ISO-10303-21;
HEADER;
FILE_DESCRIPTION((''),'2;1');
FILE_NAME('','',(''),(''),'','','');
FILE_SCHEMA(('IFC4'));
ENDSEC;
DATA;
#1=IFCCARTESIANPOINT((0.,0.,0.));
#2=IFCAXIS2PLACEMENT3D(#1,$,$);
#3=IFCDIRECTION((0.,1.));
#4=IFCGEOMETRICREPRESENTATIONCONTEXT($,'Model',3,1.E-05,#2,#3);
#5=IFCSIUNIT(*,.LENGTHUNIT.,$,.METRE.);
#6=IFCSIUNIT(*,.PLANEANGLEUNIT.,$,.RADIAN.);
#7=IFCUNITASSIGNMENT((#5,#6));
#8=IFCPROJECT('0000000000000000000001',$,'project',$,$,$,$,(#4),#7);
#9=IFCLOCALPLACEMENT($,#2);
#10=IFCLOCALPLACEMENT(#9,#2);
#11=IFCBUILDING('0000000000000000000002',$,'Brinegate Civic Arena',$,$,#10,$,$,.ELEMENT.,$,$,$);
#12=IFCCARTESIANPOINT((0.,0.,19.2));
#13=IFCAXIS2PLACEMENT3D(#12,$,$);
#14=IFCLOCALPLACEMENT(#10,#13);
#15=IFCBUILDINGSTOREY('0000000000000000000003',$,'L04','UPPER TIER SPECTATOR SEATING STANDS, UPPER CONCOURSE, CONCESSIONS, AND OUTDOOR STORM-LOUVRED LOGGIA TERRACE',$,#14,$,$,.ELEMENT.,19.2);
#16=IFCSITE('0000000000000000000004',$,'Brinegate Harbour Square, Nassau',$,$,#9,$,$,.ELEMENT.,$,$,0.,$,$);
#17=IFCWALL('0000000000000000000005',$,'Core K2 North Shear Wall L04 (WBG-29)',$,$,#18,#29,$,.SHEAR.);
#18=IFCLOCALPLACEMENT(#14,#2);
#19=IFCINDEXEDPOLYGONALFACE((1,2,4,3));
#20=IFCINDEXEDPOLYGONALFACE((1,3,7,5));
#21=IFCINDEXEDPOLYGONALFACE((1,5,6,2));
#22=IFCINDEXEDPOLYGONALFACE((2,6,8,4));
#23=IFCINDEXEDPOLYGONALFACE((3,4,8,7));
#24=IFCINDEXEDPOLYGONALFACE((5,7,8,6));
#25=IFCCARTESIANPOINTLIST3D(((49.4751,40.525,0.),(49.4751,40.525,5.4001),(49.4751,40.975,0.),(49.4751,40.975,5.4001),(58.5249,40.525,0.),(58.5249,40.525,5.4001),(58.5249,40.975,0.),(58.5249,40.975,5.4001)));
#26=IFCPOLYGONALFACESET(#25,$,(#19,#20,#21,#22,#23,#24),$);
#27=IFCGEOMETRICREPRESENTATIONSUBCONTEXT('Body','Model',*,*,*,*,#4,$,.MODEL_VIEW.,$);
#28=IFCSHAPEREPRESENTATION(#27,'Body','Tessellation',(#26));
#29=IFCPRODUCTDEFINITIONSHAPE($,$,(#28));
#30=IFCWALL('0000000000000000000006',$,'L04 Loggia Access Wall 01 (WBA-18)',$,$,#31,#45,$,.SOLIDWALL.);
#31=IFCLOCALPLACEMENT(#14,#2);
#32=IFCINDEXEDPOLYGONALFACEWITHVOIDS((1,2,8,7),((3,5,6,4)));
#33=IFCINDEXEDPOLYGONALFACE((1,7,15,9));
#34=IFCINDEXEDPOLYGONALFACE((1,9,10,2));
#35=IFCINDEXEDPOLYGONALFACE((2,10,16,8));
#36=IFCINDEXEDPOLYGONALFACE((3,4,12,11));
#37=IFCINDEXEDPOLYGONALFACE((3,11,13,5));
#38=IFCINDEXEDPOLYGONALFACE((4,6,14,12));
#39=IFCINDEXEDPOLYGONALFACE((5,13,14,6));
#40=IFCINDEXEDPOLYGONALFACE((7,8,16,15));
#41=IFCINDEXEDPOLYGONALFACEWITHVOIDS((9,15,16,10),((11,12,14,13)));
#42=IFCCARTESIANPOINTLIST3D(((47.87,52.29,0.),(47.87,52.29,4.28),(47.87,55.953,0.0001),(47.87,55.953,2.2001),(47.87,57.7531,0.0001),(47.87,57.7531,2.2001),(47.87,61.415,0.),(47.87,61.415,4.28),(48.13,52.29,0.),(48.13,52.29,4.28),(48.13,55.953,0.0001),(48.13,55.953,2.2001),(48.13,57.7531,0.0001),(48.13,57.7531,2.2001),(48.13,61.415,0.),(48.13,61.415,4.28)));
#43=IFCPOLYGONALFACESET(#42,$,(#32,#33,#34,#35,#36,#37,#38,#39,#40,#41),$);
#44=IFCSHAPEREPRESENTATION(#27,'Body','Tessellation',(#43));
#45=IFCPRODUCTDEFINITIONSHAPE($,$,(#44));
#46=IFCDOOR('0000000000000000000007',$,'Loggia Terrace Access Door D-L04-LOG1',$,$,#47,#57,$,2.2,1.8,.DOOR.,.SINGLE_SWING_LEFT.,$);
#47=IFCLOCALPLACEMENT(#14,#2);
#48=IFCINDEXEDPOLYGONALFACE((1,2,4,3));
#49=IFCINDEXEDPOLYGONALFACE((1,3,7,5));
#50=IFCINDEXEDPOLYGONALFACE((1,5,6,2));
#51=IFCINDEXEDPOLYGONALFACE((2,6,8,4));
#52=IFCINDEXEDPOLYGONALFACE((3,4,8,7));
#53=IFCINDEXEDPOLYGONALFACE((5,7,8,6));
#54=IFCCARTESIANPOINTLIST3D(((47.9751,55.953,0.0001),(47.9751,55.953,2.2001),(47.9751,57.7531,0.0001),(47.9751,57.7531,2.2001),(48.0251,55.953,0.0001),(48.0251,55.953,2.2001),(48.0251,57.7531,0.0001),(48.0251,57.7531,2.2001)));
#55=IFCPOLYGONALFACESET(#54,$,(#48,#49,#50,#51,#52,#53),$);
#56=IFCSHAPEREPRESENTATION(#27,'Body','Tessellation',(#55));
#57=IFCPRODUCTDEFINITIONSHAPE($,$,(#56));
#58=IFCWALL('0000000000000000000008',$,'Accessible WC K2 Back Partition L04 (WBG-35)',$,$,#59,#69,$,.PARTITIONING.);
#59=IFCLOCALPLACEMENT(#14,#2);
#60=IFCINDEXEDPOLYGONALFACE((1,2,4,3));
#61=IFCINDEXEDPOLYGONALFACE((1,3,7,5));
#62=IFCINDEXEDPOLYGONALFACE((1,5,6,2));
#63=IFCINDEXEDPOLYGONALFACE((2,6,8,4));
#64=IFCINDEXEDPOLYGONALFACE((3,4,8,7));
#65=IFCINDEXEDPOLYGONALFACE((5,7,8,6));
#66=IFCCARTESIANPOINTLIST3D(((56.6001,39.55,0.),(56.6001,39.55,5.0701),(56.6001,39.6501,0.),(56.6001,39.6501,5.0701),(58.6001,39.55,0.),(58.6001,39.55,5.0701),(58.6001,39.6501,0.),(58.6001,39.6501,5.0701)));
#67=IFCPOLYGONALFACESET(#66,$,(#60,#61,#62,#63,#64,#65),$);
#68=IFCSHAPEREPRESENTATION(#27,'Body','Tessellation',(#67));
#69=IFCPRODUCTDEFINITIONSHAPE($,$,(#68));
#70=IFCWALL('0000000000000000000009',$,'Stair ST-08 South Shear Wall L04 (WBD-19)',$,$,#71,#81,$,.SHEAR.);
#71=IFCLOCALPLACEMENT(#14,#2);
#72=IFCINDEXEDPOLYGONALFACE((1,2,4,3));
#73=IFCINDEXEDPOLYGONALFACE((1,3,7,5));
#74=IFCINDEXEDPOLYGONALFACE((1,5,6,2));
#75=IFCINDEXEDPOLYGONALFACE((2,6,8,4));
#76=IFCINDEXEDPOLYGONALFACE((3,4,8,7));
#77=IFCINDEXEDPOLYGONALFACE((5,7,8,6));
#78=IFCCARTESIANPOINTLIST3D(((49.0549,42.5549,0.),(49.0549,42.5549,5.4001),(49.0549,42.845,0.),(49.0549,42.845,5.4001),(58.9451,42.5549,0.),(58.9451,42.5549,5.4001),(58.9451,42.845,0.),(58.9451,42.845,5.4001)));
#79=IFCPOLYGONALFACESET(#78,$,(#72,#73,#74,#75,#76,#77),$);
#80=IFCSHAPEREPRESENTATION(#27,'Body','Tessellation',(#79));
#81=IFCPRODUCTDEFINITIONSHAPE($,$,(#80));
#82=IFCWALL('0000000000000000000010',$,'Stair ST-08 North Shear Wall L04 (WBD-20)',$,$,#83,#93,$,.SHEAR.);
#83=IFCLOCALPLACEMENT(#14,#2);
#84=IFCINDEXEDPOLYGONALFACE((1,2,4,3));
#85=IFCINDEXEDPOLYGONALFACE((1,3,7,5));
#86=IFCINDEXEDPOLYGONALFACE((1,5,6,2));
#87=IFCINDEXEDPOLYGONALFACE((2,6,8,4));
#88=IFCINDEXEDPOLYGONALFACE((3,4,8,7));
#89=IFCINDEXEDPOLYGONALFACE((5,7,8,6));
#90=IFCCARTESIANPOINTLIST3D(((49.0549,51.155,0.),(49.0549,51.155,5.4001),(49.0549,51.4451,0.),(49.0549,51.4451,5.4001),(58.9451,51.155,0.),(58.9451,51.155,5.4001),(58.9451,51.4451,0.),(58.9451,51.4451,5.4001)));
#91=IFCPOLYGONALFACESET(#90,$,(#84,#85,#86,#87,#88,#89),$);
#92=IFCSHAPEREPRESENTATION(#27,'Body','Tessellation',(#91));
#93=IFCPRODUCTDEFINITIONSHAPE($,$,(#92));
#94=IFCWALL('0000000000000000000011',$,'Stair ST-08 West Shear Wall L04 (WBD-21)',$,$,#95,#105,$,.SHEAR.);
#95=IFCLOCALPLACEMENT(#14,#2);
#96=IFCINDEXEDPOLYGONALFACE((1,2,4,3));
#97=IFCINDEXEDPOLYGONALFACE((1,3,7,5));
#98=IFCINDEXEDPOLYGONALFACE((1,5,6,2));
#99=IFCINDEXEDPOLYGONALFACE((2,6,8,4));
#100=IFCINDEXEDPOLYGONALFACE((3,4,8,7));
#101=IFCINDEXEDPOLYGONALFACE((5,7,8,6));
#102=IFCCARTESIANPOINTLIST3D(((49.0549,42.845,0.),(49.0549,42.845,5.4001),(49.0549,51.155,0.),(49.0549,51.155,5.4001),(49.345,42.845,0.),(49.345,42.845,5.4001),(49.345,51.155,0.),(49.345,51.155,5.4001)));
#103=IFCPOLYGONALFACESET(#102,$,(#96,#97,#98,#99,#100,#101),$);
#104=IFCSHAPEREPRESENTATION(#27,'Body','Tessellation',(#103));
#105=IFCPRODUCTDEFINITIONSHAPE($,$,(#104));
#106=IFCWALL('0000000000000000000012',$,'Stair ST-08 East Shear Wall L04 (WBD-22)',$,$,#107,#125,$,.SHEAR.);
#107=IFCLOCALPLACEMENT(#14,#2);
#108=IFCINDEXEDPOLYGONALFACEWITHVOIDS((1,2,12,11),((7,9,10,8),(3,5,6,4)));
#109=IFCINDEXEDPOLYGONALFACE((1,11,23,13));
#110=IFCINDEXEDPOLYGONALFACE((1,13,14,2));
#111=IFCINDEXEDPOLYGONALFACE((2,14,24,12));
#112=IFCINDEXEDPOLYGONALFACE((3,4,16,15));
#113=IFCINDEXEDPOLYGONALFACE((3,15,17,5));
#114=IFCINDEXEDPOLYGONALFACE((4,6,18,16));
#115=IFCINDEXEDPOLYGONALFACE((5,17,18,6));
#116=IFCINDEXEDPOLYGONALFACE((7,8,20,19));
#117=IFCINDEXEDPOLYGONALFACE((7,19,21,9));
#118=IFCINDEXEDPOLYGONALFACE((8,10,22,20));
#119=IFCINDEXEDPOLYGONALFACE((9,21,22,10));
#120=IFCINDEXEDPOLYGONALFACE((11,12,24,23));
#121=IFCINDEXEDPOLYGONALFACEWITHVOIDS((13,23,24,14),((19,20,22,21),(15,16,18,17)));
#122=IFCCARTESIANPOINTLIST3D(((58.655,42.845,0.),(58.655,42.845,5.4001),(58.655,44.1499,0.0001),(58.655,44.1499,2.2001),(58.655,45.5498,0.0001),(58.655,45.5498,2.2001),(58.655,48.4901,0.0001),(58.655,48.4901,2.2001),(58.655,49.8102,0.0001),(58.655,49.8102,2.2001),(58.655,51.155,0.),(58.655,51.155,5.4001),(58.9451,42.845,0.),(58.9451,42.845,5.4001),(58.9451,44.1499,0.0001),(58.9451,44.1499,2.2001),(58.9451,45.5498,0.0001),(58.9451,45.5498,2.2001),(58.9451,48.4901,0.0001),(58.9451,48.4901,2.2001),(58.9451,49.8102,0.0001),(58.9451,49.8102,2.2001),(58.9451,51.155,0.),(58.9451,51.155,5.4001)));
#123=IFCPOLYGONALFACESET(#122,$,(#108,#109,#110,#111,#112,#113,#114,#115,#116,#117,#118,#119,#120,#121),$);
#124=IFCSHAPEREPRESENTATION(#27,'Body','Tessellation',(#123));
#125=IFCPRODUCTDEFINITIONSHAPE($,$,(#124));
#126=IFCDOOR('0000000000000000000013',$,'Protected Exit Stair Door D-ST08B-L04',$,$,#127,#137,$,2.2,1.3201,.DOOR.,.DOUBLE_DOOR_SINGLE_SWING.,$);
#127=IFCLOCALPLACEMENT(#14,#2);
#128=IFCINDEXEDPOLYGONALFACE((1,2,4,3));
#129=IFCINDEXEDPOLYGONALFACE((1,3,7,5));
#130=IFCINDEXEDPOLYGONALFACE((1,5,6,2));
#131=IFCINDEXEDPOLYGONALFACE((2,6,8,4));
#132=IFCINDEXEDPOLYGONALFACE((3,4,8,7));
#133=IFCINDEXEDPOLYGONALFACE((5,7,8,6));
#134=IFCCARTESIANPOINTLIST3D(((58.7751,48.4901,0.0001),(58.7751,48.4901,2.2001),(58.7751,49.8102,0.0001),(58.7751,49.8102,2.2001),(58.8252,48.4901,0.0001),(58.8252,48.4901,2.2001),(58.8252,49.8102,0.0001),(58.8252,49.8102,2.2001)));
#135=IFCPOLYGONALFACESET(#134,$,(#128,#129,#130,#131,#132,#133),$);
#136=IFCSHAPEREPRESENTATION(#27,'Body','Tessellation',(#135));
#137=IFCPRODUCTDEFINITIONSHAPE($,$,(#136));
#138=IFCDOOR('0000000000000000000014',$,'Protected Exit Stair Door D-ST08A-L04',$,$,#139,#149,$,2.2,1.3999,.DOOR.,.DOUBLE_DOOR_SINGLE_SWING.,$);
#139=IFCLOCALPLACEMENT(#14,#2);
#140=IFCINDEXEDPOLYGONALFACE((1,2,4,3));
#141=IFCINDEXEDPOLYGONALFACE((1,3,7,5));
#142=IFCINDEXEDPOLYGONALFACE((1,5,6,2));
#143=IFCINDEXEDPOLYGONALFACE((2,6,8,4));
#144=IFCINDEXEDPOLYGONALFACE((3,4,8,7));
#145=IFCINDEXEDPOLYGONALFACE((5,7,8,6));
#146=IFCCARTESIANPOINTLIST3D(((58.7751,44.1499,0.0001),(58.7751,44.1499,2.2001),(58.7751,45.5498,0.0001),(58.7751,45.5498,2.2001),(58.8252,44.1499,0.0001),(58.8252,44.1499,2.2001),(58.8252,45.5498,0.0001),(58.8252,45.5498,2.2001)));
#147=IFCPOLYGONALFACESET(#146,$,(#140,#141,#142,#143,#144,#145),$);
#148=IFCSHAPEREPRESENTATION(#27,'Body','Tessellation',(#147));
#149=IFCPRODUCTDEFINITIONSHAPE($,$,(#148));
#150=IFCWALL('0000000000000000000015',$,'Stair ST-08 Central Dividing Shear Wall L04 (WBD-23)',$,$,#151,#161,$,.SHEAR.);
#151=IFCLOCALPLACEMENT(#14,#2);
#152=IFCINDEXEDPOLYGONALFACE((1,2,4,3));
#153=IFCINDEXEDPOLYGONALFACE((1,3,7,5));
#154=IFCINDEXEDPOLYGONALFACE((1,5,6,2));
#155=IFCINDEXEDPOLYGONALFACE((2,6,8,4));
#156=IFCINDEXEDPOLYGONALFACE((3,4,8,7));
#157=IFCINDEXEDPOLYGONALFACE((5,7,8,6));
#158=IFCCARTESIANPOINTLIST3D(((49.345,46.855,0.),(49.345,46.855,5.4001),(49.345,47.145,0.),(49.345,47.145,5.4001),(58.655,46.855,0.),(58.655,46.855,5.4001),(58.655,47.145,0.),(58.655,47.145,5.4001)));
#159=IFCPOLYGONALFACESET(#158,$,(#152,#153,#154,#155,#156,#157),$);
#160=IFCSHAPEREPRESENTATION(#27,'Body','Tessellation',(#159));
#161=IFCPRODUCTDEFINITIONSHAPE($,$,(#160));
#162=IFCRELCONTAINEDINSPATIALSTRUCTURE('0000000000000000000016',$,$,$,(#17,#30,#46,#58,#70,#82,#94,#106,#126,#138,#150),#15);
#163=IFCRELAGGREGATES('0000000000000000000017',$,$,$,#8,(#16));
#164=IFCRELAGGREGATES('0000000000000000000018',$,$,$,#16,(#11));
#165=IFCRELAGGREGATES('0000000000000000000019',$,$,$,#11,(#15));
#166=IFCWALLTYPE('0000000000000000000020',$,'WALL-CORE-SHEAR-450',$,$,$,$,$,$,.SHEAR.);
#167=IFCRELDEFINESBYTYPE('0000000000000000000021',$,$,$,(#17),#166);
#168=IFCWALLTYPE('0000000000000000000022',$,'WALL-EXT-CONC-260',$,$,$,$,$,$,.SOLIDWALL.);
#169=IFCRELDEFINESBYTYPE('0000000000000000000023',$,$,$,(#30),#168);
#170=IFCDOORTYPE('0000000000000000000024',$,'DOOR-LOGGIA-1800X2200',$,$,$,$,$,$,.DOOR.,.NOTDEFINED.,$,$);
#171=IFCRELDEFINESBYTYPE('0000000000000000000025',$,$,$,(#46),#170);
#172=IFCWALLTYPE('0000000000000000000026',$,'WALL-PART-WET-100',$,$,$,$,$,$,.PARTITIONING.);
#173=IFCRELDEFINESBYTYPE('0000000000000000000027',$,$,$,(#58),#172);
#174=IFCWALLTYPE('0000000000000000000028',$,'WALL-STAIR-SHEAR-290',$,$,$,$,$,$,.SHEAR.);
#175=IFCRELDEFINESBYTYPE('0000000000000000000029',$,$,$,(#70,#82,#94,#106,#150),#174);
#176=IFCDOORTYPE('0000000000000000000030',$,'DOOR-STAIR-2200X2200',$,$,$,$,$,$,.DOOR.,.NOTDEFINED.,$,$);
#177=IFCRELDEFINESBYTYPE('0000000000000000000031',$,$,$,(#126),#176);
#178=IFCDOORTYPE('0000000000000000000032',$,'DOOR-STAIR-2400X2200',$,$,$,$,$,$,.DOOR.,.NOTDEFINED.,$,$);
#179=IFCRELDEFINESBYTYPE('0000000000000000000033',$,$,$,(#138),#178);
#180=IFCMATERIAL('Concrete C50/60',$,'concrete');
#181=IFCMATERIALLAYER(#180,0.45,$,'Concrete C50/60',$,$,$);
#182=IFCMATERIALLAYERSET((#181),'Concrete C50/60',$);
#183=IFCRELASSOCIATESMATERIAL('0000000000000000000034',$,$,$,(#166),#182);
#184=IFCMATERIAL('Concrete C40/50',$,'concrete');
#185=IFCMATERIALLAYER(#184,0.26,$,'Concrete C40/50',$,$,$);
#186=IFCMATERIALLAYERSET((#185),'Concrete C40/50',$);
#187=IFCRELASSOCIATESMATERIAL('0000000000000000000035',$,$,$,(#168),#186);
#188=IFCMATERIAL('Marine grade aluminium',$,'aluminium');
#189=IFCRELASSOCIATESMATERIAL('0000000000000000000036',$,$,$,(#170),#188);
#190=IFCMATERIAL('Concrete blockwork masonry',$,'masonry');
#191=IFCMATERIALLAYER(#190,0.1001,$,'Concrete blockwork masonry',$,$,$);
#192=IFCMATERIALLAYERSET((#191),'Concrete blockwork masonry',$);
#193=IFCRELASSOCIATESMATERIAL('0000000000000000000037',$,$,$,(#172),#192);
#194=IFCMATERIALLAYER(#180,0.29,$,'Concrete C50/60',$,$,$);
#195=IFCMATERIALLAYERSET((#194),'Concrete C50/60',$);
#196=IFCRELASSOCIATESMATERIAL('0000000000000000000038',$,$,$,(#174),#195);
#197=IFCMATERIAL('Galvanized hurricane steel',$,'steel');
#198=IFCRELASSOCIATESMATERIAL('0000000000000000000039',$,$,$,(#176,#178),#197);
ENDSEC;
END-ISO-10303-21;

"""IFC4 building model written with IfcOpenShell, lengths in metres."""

from ifc_helpers import new_model, si_unit, direction, frame, frame_2d, origin, place, context, subcontext, project, spatial, rectangle, extrude, material, layer, layer_set, type_object, element, fill, save


model = new_model("IFC4")

# Units and contexts
model_context = context("Model", 3, precision=1e-05, world=origin(), true_north=direction((0.0, 1.0)))
body_context = subcontext(model_context, "Body", "Model", "MODEL_VIEW")
ifc_project = project(units=[si_unit("LENGTHUNIT", "METRE"), si_unit("PLANEANGLEUNIT", "RADIAN")], contexts=[model_context])

# Site, building, storey
site_placement = place(None, origin())
site = spatial("IfcSite", under=ifc_project, at=site_placement, Name="Brinegate Harbour Square, Nassau", CompositionType="ELEMENT", RefElevation=0.0)
building_placement = place(site_placement, origin())
building = spatial("IfcBuilding", under=site, at=building_placement, Name="Brinegate Civic Arena", CompositionType="ELEMENT")
storey_placement = place(building_placement, frame((0.0, 0.0, 19.2)))
storey = spatial("IfcBuildingStorey", under=building, at=storey_placement, Name="L04", Description="UPPER TIER SPECTATOR SEATING STANDS, UPPER CONCOURSE, CONCESSIONS, AND OUTDOOR STORM-LOUVRED LOGGIA TERRACE", CompositionType="ELEMENT", Elevation=19.2)

# Shared definitions
ifc_material_1 = material(Name="Concrete C50/60", Category="concrete")

# Wall
ifc_layer_1 = layer(ifc_material_1, 0.45, Name="Concrete C50/60")
ifc_layer_set_1 = layer_set([ifc_layer_1], Name="Concrete C50/60")
wall_type_1 = type_object("IfcWallType", Name="WALL-CORE-SHEAR-450", PredefinedType="SHEAR", material=ifc_layer_set_1)
wall_1_placement = place(storey_placement, frame((49.4751, 40.75, 0.0), z_axis=(0.0, 0.0, 1.0), x_axis=(1.0, 0.0, 0.0)))
element("IfcWall", 1, at=wall_1_placement, inside=storey, type_object=wall_type_1, Name="Core K2 North Shear Wall L04 (WBG-29)", PredefinedType="SHEAR", context=body_context, shape_type="SweptSolid", body=[
    extrude(rectangle(XDim=9.0498, YDim=0.45, at=frame_2d((4.5249, 0.0))), origin(), (0.0, 0.0, 1.0), 5.4001),
])

# Wall, opening, door
ifc_material_2 = material(Name="Concrete C40/50", Category="concrete")
ifc_layer_2 = layer(ifc_material_2, 0.26, Name="Concrete C40/50")
ifc_layer_set_2 = layer_set([ifc_layer_2], Name="Concrete C40/50")
wall_type_2 = type_object("IfcWallType", Name="WALL-EXT-CONC-260", PredefinedType="SOLIDWALL", material=ifc_layer_set_2)
wall_2_placement = place(storey_placement, frame((48.0, 52.29, 0.0), z_axis=(0.0, 0.0, 1.0), x_axis=(0.0, 1.0, 0.0)))
wall_2 = element("IfcWall", 2, at=wall_2_placement, inside=storey, type_object=wall_type_2, Name="L04 Loggia Access Wall 01 (WBA-18)", PredefinedType="SOLIDWALL", context=body_context, shape_type="SweptSolid", body=[
    extrude(rectangle(XDim=9.125, YDim=0.26, at=frame_2d((4.5625, 0.0))), origin(), (0.0, 0.0, 1.0), 4.28),
])
opening_1_placement = place(wall_2_placement, frame((3.6631, 0.0, 0.0)))
opening_1 = element("IfcOpeningElement", 3, at=opening_1_placement, cuts=wall_2, PredefinedType="OPENING", context=body_context, shape_type="SweptSolid", body=[
    extrude(rectangle(XDim=1.8, YDim=2.2, at=frame_2d((0.8999, 1.1001))), frame((0.0, 0.1399, 0.0), z_axis=(0.0, -1.0, 0.0), x_axis=(1.0, 0.0, 0.0)), (0.0, 0.0, 1.0), 0.28),
])
ifc_material_3 = material(Name="Marine grade aluminium", Category="aluminium")
door_type_1 = type_object("IfcDoorType", Name="DOOR-LOGGIA-1800X2200", OperationType="NOTDEFINED", PredefinedType="DOOR", material=ifc_material_3)
door_1_placement = place(opening_1_placement, origin())
door_1 = element("IfcDoor", 4, at=door_1_placement, inside=storey, type_object=door_type_1, Name="Loggia Terrace Access Door D-L04-LOG1", OperationType="SINGLE_SWING_LEFT", OverallHeight=2.2, OverallWidth=1.8, PredefinedType="DOOR", context=body_context, shape_type="SweptSolid", body=[
    extrude(rectangle(XDim=1.8, YDim=2.2, at=frame_2d((0.8999, 1.1001))), frame((0.0, 0.0249, 0.0), z_axis=(0.0, -1.0, 0.0), x_axis=(1.0, 0.0, 0.0)), (0.0, 0.0, 1.0), 0.05),
])
fill(opening_1, door_1)

# Walls
ifc_material_4 = material(Name="Concrete blockwork masonry", Category="masonry")
ifc_layer_3 = layer(ifc_material_4, 0.1001, Name="Concrete blockwork masonry")
ifc_layer_set_3 = layer_set([ifc_layer_3], Name="Concrete blockwork masonry")
wall_type_3 = type_object("IfcWallType", Name="WALL-PART-WET-100", PredefinedType="PARTITIONING", material=ifc_layer_set_3)
wall_3_placement = place(storey_placement, frame((56.6001, 39.6001, 0.0), z_axis=(0.0, 0.0, 1.0), x_axis=(1.0, 0.0, 0.0)))
element("IfcWall", 5, at=wall_3_placement, inside=storey, type_object=wall_type_3, Name="Accessible WC K2 Back Partition L04 (WBG-35)", PredefinedType="PARTITIONING", context=body_context, shape_type="SweptSolid", body=[
    extrude(rectangle(XDim=2.0, YDim=0.1001, at=frame_2d((1.0, 0.0))), origin(), (0.0, 0.0, 1.0), 5.0701),
])
ifc_layer_4 = layer(ifc_material_1, 0.29, Name="Concrete C50/60")
ifc_layer_set_4 = layer_set([ifc_layer_4], Name="Concrete C50/60")
wall_type_4 = type_object("IfcWallType", Name="WALL-STAIR-SHEAR-290", PredefinedType="SHEAR", material=ifc_layer_set_4)
for number, where, z_axis, x_axis, name in (
    (6, (49.0549, 42.7, 0.0), (0.0, 0.0, 1.0), (1.0, 0.0, 0.0), "Stair ST-08 South Shear Wall L04 (WBD-19)"),
    (7, (49.0549, 51.3, 0.0), (0.0, 0.0, 1.0), (1.0, 0.0, 0.0), "Stair ST-08 North Shear Wall L04 (WBD-20)"),
):
    element("IfcWall", number, at=place(storey_placement, frame(where, z_axis=z_axis, x_axis=x_axis)), inside=storey, type_object=wall_type_4, Name=name, PredefinedType="SHEAR", context=body_context, shape_type="SweptSolid", body=[
        extrude(rectangle(XDim=9.8901, YDim=0.29, at=frame_2d((4.9451, 0.0))), origin(), (0.0, 0.0, 1.0), 5.4001),
    ])
wall_4_placement = place(storey_placement, frame((49.2, 42.845, 0.0), z_axis=(0.0, 0.0, 1.0), x_axis=(0.0, 1.0, 0.0)))
element("IfcWall", 8, at=wall_4_placement, inside=storey, type_object=wall_type_4, Name="Stair ST-08 West Shear Wall L04 (WBD-21)", PredefinedType="SHEAR", context=body_context, shape_type="SweptSolid", body=[
    extrude(rectangle(XDim=8.3101, YDim=0.29, at=frame_2d((4.155, 0.0))), origin(), (0.0, 0.0, 1.0), 5.4001),
])

# Wall, openings, doors
wall_5_placement = place(storey_placement, frame((58.8, 42.845, 0.0), z_axis=(0.0, 0.0, 1.0), x_axis=(0.0, 1.0, 0.0)))
wall_5 = element("IfcWall", 9, at=wall_5_placement, inside=storey, type_object=wall_type_4, Name="Stair ST-08 East Shear Wall L04 (WBD-22)", PredefinedType="SHEAR", context=body_context, shape_type="SweptSolid", body=[
    extrude(rectangle(XDim=8.3101, YDim=0.29, at=frame_2d((4.155, 0.0))), origin(), (0.0, 0.0, 1.0), 5.4001),
])
opening_2_placement = place(wall_5_placement, frame((1.3049, 0.0, 0.0)))
opening_2 = element("IfcOpeningElement", 10, at=opening_2_placement, cuts=wall_5, PredefinedType="OPENING", context=body_context, shape_type="SweptSolid", body=[
    extrude(rectangle(XDim=1.3999, YDim=2.2, at=frame_2d((0.7, 1.1001))), frame((0.0, 0.155, 0.0), z_axis=(0.0, -1.0, 0.0), x_axis=(1.0, 0.0, 0.0)), (0.0, 0.0, 1.0), 0.3101),
])
opening_3_placement = place(wall_5_placement, frame((5.645, 0.0, 0.0)))
opening_3 = element("IfcOpeningElement", 11, at=opening_3_placement, cuts=wall_5, PredefinedType="OPENING", context=body_context, shape_type="SweptSolid", body=[
    extrude(rectangle(XDim=1.3201, YDim=2.2, at=frame_2d((0.6602, 1.1001))), frame((0.0, 0.155, 0.0), z_axis=(0.0, -1.0, 0.0), x_axis=(1.0, 0.0, 0.0)), (0.0, 0.0, 1.0), 0.3101),
])
ifc_material_5 = material(Name="Galvanized hurricane steel", Category="steel")
door_type_2 = type_object("IfcDoorType", Name="DOOR-STAIR-2200X2200", OperationType="NOTDEFINED", PredefinedType="DOOR", material=ifc_material_5)
door_2_placement = place(opening_3_placement, origin())
door_2 = element("IfcDoor", 12, at=door_2_placement, inside=storey, type_object=door_type_2, Name="Protected Exit Stair Door D-ST08B-L04", OperationType="DOUBLE_DOOR_SINGLE_SWING", OverallHeight=2.2, OverallWidth=1.3201, PredefinedType="DOOR", context=body_context, shape_type="SweptSolid", body=[
    extrude(rectangle(XDim=1.3201, YDim=2.2, at=frame_2d((0.6602, 1.1001))), frame((0.0, 0.0249, 0.0), z_axis=(0.0, -1.0, 0.0), x_axis=(1.0, 0.0, 0.0)), (0.0, 0.0, 1.0), 0.05),
])
fill(opening_3, door_2)
door_type_3 = type_object("IfcDoorType", Name="DOOR-STAIR-2400X2200", OperationType="NOTDEFINED", PredefinedType="DOOR", material=ifc_material_5)
door_3_placement = place(opening_2_placement, origin())
door_3 = element("IfcDoor", 13, at=door_3_placement, inside=storey, type_object=door_type_3, Name="Protected Exit Stair Door D-ST08A-L04", OperationType="DOUBLE_DOOR_SINGLE_SWING", OverallHeight=2.2, OverallWidth=1.3999, PredefinedType="DOOR", context=body_context, shape_type="SweptSolid", body=[
    extrude(rectangle(XDim=1.3999, YDim=2.2, at=frame_2d((0.7, 1.1001))), frame((0.0, 0.0249, 0.0), z_axis=(0.0, -1.0, 0.0), x_axis=(1.0, 0.0, 0.0)), (0.0, 0.0, 1.0), 0.05),
])
fill(opening_2, door_3)

# Wall
wall_6_placement = place(storey_placement, frame((49.345, 47.0, 0.0), z_axis=(0.0, 0.0, 1.0), x_axis=(1.0, 0.0, 0.0)))
element("IfcWall", 14, at=wall_6_placement, inside=storey, type_object=wall_type_4, Name="Stair ST-08 Central Dividing Shear Wall L04 (WBD-23)", PredefinedType="SHEAR", context=body_context, shape_type="SweptSolid", body=[
    extrude(rectangle(XDim=9.3101, YDim=0.29, at=frame_2d((4.655, 0.0))), origin(), (0.0, 0.0, 1.0), 5.4001),
])

save(model, "model.ifc")
